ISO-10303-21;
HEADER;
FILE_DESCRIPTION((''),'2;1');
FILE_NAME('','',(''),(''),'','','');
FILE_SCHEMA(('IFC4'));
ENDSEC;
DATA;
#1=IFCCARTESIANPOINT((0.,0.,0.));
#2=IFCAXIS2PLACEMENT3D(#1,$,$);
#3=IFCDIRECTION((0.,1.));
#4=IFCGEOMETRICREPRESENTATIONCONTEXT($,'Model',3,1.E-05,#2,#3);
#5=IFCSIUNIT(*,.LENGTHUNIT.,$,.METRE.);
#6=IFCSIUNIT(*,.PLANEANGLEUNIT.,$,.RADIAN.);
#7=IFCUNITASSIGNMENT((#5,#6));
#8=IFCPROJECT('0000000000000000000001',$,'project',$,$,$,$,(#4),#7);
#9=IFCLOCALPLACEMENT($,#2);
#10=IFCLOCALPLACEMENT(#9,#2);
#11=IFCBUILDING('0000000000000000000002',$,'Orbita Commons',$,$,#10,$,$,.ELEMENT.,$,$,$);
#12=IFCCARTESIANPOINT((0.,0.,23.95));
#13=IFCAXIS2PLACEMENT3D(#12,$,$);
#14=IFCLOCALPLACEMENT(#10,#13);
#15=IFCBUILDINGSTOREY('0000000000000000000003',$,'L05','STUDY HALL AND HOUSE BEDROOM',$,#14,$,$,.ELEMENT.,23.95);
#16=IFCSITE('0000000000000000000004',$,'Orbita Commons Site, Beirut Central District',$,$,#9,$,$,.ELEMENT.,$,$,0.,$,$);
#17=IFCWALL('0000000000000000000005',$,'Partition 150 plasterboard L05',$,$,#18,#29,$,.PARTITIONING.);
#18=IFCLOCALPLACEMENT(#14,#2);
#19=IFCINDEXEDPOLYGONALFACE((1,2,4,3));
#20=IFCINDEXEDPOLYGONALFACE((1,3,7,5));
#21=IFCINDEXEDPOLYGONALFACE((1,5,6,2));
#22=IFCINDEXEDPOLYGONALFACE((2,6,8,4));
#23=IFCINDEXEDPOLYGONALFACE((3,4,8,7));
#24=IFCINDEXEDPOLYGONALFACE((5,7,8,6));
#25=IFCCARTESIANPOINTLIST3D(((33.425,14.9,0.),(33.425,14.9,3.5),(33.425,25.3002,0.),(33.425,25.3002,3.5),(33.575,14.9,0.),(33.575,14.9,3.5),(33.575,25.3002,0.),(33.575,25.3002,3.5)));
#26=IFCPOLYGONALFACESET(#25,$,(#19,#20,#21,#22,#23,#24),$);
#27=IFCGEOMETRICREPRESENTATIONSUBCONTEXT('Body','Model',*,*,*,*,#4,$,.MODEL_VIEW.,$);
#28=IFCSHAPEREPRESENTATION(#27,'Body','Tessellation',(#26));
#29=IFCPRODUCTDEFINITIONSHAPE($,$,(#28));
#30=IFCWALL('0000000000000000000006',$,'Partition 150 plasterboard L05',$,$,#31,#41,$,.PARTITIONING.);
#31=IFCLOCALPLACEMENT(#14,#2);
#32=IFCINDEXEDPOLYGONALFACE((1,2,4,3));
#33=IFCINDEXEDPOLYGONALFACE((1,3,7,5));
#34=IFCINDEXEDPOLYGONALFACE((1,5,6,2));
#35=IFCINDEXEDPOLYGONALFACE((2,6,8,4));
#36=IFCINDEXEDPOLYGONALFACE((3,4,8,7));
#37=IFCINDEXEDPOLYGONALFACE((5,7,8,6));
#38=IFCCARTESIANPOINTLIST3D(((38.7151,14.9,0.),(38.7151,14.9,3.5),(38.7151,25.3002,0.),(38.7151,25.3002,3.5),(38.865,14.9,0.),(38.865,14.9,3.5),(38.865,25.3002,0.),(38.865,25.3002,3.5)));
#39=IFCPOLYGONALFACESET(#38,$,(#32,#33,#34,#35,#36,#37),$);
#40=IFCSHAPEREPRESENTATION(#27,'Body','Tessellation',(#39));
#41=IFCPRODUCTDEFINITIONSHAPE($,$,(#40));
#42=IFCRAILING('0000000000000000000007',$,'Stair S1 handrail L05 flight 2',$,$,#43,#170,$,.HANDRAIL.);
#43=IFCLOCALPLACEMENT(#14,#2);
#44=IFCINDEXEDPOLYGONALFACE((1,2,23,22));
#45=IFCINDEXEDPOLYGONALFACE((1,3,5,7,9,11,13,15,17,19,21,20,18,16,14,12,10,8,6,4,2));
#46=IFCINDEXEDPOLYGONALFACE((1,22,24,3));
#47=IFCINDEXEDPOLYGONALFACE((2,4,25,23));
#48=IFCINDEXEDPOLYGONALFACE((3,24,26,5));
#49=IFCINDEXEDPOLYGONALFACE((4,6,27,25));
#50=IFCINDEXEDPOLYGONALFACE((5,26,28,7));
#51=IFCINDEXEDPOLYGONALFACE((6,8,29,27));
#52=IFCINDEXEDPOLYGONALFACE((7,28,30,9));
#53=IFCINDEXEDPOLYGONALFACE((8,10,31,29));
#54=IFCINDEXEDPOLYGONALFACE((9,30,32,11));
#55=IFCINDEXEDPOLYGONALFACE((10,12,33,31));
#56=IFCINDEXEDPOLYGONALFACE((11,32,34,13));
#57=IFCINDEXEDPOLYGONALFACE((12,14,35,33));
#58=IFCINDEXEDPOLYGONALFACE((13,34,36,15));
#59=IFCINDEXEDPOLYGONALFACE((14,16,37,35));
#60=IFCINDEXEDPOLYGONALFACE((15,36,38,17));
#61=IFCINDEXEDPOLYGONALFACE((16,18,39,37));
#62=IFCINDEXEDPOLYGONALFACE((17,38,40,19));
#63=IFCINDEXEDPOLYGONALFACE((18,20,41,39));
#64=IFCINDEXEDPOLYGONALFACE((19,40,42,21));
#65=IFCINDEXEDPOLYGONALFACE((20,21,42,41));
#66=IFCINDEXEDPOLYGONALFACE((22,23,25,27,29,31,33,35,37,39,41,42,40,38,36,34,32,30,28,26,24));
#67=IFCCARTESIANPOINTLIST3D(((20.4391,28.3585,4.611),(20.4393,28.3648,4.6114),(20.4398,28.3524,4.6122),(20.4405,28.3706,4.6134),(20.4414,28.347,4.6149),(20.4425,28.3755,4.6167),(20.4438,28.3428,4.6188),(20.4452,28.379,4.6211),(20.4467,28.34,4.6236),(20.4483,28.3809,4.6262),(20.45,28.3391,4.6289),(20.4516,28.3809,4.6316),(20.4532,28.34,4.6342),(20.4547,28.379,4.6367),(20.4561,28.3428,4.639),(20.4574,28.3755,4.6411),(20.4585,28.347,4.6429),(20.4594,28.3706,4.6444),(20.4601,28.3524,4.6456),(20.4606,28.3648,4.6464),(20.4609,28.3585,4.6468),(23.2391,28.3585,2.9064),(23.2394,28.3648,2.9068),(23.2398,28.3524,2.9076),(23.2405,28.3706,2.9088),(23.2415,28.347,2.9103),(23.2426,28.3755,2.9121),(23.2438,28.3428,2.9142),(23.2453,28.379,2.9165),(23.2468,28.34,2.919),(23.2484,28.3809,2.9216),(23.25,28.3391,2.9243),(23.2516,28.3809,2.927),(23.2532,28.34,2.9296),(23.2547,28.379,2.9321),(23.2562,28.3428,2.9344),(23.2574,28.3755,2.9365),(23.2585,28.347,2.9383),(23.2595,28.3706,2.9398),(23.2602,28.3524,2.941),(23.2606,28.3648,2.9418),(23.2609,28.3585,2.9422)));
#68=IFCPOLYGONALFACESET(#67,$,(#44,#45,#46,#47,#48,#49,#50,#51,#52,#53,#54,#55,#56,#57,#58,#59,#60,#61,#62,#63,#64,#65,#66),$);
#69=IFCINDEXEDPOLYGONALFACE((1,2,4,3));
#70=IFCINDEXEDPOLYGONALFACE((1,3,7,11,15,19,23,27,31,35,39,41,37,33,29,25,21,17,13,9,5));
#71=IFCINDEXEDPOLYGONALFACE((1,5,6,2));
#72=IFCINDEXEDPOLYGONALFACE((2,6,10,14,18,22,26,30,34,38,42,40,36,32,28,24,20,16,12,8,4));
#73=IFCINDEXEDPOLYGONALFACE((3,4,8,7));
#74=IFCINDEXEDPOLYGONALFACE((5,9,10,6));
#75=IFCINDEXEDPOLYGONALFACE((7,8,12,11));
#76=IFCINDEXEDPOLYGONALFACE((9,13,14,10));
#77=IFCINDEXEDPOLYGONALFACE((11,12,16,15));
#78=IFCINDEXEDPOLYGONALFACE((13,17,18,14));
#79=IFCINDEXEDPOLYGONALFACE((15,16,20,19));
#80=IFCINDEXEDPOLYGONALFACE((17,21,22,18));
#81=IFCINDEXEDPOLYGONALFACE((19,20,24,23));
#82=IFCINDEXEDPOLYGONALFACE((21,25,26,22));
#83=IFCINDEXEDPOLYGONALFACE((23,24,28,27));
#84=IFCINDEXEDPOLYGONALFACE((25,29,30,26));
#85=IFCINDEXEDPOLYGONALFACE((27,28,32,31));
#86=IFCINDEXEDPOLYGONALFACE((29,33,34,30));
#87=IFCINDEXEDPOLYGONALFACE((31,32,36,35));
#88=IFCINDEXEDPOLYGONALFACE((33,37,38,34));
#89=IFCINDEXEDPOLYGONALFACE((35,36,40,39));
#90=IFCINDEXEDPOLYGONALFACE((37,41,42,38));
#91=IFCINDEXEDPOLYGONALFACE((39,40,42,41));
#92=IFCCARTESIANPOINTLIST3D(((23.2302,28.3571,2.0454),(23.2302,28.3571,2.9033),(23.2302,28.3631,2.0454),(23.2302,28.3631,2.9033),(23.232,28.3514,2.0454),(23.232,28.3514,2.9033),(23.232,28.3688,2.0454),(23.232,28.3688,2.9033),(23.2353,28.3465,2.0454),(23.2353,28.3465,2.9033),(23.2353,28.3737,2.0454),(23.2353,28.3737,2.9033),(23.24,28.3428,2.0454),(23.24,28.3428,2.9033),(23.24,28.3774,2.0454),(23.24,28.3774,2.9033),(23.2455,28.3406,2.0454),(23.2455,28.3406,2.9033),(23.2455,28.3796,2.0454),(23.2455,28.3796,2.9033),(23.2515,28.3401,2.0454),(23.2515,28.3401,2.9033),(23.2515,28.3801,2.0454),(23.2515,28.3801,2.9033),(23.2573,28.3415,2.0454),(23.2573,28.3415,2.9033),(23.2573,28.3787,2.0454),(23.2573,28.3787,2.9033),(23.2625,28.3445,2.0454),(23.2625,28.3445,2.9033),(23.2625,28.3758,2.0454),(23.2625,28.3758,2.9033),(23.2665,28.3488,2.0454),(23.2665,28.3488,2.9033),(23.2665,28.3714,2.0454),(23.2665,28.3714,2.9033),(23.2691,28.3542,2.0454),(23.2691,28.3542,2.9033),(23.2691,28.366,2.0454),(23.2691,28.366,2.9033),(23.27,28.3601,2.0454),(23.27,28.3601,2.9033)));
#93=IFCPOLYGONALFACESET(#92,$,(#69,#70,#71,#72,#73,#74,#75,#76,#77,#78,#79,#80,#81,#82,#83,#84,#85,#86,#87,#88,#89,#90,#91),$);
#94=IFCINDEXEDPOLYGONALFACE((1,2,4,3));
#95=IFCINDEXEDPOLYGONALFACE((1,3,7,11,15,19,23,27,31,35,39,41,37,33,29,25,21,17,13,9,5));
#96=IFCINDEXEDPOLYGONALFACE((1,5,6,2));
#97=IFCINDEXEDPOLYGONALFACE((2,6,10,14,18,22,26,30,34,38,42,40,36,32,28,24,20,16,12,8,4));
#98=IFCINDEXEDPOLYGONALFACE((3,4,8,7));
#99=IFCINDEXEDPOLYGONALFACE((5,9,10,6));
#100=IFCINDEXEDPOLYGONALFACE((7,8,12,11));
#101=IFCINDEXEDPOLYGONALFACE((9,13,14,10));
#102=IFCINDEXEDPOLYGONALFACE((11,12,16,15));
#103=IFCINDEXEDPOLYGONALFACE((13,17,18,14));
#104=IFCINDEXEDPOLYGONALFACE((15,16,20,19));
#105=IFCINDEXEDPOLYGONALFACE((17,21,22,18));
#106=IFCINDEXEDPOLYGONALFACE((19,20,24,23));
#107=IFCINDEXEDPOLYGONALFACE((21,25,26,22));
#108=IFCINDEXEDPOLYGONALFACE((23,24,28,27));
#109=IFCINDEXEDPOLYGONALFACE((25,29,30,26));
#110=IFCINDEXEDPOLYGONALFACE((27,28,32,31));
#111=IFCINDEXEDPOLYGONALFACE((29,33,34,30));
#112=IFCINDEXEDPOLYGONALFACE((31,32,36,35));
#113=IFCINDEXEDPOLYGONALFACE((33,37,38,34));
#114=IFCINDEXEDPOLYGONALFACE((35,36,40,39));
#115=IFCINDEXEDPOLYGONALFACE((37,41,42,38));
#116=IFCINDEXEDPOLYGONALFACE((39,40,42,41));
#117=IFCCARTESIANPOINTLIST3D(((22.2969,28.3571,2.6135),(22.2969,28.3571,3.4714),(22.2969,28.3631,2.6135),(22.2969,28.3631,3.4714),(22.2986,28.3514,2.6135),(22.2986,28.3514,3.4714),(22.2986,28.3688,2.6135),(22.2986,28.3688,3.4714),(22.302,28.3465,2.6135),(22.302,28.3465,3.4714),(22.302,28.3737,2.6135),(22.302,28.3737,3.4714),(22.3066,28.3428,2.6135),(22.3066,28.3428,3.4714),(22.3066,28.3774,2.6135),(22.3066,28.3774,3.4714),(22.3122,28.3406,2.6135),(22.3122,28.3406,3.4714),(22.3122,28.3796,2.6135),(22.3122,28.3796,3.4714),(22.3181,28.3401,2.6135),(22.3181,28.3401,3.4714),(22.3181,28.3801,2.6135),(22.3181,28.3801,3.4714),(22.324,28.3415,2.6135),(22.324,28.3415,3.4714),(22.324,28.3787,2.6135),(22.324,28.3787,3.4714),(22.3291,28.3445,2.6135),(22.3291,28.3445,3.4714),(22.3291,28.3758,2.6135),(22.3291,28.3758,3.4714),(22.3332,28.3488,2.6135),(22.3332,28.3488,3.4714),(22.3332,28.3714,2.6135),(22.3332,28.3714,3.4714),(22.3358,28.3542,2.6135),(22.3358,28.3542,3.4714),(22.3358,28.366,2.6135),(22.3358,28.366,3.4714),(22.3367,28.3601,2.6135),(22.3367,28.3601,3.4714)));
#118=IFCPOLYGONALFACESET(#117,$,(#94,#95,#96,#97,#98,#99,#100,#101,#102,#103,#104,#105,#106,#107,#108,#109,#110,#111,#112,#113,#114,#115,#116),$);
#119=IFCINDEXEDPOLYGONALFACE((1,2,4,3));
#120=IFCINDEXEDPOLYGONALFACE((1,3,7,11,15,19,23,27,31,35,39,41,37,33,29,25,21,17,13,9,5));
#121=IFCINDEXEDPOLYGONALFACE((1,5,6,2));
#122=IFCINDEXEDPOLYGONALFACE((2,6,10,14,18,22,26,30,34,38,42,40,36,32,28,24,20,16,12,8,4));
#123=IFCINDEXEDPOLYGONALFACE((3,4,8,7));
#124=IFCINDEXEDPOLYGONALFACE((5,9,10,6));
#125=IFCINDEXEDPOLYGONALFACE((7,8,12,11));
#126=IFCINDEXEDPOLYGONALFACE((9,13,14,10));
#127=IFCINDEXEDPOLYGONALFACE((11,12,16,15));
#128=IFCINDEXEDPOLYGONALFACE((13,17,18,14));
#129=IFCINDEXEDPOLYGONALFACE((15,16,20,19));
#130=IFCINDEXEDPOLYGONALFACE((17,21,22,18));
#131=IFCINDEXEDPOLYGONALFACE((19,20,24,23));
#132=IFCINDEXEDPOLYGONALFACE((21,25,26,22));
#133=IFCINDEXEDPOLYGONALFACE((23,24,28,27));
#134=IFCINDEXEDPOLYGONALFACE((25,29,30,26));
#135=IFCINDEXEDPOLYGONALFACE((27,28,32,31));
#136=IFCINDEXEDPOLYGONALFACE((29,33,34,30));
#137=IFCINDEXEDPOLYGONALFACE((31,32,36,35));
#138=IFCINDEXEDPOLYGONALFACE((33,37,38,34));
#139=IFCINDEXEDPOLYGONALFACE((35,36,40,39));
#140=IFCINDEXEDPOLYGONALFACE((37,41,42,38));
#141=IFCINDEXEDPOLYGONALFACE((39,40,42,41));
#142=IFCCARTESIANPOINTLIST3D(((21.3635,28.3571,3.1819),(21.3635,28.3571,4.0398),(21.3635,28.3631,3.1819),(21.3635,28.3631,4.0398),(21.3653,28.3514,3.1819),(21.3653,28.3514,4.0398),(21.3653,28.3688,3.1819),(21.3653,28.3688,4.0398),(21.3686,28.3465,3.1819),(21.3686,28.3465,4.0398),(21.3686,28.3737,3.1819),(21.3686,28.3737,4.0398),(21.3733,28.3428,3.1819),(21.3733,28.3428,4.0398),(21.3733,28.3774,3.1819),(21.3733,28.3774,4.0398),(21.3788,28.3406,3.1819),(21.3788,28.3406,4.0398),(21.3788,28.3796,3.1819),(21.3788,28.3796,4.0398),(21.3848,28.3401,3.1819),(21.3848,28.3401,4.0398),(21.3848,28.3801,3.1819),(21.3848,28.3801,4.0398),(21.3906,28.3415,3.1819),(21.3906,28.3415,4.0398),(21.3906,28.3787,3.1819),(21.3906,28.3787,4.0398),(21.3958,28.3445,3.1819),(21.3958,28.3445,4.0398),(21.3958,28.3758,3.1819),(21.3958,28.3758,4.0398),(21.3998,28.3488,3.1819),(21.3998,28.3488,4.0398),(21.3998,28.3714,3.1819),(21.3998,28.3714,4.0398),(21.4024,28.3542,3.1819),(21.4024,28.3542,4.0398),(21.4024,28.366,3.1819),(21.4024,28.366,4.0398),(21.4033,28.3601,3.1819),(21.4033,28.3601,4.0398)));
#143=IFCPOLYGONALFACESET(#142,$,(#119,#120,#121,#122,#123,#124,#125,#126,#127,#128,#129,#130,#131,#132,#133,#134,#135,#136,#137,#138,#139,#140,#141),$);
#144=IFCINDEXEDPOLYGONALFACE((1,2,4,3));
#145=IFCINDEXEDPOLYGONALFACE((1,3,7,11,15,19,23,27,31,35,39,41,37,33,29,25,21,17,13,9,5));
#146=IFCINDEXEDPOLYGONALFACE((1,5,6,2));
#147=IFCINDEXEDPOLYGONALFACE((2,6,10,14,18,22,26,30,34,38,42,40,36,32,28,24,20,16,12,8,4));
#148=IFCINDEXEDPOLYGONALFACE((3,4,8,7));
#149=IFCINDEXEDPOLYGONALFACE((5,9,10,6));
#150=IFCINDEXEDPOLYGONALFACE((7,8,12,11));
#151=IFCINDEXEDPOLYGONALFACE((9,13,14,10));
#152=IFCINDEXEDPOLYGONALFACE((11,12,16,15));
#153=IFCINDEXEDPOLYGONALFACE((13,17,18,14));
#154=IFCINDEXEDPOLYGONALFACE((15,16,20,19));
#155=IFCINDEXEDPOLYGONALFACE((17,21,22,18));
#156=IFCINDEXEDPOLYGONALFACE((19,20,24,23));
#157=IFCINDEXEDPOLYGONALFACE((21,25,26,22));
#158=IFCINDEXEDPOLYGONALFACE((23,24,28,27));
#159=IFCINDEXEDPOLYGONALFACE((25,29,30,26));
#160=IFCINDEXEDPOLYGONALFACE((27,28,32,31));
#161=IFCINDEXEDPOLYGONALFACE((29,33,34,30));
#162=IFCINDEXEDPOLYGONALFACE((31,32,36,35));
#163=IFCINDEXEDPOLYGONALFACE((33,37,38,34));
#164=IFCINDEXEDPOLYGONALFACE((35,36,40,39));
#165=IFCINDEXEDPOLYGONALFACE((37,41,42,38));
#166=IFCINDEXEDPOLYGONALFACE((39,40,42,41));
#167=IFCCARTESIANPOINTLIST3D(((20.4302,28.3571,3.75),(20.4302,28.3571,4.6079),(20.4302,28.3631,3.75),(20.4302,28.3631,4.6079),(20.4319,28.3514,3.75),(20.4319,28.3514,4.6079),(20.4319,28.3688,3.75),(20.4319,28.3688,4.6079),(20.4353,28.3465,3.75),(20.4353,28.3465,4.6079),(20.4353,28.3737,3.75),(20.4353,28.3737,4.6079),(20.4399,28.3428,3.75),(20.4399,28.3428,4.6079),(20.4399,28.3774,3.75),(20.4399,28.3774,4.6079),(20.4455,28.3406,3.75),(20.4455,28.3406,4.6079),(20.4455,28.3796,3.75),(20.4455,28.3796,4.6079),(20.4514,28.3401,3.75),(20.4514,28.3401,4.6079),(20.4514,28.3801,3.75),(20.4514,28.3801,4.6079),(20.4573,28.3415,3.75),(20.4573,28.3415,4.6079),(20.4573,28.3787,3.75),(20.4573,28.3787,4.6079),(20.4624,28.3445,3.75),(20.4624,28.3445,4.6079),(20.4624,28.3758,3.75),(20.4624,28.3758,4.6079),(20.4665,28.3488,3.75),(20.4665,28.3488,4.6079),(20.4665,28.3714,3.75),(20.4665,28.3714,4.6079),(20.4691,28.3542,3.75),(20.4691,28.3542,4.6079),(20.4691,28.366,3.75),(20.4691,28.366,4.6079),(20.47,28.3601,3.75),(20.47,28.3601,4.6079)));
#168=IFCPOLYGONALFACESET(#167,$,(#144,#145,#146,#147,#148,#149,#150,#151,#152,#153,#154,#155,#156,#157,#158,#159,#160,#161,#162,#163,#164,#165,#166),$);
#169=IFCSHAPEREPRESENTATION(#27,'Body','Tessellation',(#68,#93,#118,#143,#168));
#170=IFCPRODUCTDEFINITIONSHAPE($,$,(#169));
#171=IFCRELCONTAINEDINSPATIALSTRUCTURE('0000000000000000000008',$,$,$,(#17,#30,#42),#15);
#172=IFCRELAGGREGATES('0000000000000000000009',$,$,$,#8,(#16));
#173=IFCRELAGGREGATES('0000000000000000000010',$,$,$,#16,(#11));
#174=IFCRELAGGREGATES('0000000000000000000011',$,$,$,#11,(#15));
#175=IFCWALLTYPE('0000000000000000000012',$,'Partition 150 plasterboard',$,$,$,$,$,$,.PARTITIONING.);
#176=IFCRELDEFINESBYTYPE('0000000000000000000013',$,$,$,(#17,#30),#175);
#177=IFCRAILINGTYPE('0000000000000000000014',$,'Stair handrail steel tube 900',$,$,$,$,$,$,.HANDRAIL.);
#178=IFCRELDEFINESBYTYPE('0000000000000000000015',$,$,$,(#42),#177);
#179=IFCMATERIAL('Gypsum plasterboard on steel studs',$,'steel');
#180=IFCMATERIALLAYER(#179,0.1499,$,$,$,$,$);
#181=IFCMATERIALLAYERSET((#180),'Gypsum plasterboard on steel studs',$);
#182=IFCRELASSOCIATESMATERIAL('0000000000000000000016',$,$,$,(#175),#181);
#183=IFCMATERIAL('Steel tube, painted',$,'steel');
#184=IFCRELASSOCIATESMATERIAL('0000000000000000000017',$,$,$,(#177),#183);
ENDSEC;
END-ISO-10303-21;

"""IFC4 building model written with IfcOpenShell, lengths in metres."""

from ifc_helpers import new_model, si_unit, direction, frame, frame_2d, origin, origin_2d, place, context, subcontext, project, spatial, rectangle, circle, extrude, material, layer, layer_set, type_object, element, save


model = new_model("IFC4")

# Units and contexts
model_context = context("Model", 3, precision=1e-05, world=origin(), true_north=direction((0.0, 1.0)))
body_context = subcontext(model_context, "Body", "Model", "MODEL_VIEW")
ifc_project = project(units=[si_unit("LENGTHUNIT", "METRE"), si_unit("PLANEANGLEUNIT", "RADIAN")], contexts=[model_context])

# Site, building, storey
site_placement = place(None, origin())
site = spatial("IfcSite", under=ifc_project, at=site_placement, Name="Orbita Commons Site, Beirut Central District", CompositionType="ELEMENT", RefElevation=0.0)
building_placement = place(site_placement, origin())
building = spatial("IfcBuilding", under=site, at=building_placement, Name="Orbita Commons", CompositionType="ELEMENT")
storey_placement = place(building_placement, frame((0.0, 0.0, 23.95)))
storey = spatial("IfcBuildingStorey", under=building, at=storey_placement, Name="L05", Description="STUDY HALL AND HOUSE BEDROOM", CompositionType="ELEMENT", Elevation=23.95)

# Walls
ifc_material_1 = material(Name="Gypsum plasterboard on steel studs", Category="steel")
ifc_layer_1 = layer(ifc_material_1, 0.1499)
ifc_layer_set_1 = layer_set([ifc_layer_1], Name="Gypsum plasterboard on steel studs")
wall_type_1 = type_object("IfcWallType", Name="Partition 150 plasterboard", PredefinedType="PARTITIONING", material=ifc_layer_set_1)
for number, where, z_axis, x_axis, name in (
    (1, (33.5, 14.8999, 0.0), (0.0, 0.0, 1.0), (0.0, 1.0, 0.0), "Partition 150 plasterboard L05"),
    (2, (38.79, 14.8999, 0.0), (0.0, 0.0, 1.0), (0.0, 1.0, 0.0), "Partition 150 plasterboard L05"),
):
    element("IfcWall", number, at=place(storey_placement, frame(where, z_axis=z_axis, x_axis=x_axis)), inside=storey, type_object=wall_type_1, Name=name, PredefinedType="PARTITIONING", context=body_context, shape_type="SweptSolid", body=[
        extrude(rectangle(XDim=10.4001, YDim=0.1499, at=frame_2d((5.2002, 0.0))), origin(), (0.0, 0.0, 1.0), 3.5),
    ])

# Railing
ifc_material_2 = material(Name="Steel tube, painted", Category="steel")
railing_type = type_object("IfcRailingType", Name="Stair handrail steel tube 900", PredefinedType="HANDRAIL", material=ifc_material_2)
for number, where, name in (
    (3, (23.25, 28.3601, 2.0454), "Stair S1 handrail L05 flight 2"),
):
    element("IfcRailing", number, at=place(storey_placement, frame(where)), inside=storey, type_object=railing_type, Name=name, PredefinedType="HANDRAIL", context=body_context, shape_type="SweptSolid", body=[
        extrude(circle(Radius=0.021, at=origin_2d()), frame((0.0, 0.0, 0.8789), z_axis=(-0.85417, 0.0, 0.519994), x_axis=(0.0, -1.0, 0.0)), (0.0, 0.0, 1.0), 3.2781),
        extrude(circle(Radius=0.02, at=origin_2d()), origin(), (0.0, 0.0, 1.0), 0.8579),
        extrude(circle(Radius=0.02, at=origin_2d()), frame((-0.9333, 0.0, 0.5681)), (0.0, 0.0, 1.0), 0.8579),
        extrude(circle(Radius=0.02, at=origin_2d()), frame((-1.8667, 0.0, 1.1365)), (0.0, 0.0, 1.0), 0.8579),
        extrude(circle(Radius=0.02, at=origin_2d()), frame((-2.8, 0.0, 1.7046)), (0.0, 0.0, 1.0), 0.8579),
    ])

save(model, "model.ifc")
